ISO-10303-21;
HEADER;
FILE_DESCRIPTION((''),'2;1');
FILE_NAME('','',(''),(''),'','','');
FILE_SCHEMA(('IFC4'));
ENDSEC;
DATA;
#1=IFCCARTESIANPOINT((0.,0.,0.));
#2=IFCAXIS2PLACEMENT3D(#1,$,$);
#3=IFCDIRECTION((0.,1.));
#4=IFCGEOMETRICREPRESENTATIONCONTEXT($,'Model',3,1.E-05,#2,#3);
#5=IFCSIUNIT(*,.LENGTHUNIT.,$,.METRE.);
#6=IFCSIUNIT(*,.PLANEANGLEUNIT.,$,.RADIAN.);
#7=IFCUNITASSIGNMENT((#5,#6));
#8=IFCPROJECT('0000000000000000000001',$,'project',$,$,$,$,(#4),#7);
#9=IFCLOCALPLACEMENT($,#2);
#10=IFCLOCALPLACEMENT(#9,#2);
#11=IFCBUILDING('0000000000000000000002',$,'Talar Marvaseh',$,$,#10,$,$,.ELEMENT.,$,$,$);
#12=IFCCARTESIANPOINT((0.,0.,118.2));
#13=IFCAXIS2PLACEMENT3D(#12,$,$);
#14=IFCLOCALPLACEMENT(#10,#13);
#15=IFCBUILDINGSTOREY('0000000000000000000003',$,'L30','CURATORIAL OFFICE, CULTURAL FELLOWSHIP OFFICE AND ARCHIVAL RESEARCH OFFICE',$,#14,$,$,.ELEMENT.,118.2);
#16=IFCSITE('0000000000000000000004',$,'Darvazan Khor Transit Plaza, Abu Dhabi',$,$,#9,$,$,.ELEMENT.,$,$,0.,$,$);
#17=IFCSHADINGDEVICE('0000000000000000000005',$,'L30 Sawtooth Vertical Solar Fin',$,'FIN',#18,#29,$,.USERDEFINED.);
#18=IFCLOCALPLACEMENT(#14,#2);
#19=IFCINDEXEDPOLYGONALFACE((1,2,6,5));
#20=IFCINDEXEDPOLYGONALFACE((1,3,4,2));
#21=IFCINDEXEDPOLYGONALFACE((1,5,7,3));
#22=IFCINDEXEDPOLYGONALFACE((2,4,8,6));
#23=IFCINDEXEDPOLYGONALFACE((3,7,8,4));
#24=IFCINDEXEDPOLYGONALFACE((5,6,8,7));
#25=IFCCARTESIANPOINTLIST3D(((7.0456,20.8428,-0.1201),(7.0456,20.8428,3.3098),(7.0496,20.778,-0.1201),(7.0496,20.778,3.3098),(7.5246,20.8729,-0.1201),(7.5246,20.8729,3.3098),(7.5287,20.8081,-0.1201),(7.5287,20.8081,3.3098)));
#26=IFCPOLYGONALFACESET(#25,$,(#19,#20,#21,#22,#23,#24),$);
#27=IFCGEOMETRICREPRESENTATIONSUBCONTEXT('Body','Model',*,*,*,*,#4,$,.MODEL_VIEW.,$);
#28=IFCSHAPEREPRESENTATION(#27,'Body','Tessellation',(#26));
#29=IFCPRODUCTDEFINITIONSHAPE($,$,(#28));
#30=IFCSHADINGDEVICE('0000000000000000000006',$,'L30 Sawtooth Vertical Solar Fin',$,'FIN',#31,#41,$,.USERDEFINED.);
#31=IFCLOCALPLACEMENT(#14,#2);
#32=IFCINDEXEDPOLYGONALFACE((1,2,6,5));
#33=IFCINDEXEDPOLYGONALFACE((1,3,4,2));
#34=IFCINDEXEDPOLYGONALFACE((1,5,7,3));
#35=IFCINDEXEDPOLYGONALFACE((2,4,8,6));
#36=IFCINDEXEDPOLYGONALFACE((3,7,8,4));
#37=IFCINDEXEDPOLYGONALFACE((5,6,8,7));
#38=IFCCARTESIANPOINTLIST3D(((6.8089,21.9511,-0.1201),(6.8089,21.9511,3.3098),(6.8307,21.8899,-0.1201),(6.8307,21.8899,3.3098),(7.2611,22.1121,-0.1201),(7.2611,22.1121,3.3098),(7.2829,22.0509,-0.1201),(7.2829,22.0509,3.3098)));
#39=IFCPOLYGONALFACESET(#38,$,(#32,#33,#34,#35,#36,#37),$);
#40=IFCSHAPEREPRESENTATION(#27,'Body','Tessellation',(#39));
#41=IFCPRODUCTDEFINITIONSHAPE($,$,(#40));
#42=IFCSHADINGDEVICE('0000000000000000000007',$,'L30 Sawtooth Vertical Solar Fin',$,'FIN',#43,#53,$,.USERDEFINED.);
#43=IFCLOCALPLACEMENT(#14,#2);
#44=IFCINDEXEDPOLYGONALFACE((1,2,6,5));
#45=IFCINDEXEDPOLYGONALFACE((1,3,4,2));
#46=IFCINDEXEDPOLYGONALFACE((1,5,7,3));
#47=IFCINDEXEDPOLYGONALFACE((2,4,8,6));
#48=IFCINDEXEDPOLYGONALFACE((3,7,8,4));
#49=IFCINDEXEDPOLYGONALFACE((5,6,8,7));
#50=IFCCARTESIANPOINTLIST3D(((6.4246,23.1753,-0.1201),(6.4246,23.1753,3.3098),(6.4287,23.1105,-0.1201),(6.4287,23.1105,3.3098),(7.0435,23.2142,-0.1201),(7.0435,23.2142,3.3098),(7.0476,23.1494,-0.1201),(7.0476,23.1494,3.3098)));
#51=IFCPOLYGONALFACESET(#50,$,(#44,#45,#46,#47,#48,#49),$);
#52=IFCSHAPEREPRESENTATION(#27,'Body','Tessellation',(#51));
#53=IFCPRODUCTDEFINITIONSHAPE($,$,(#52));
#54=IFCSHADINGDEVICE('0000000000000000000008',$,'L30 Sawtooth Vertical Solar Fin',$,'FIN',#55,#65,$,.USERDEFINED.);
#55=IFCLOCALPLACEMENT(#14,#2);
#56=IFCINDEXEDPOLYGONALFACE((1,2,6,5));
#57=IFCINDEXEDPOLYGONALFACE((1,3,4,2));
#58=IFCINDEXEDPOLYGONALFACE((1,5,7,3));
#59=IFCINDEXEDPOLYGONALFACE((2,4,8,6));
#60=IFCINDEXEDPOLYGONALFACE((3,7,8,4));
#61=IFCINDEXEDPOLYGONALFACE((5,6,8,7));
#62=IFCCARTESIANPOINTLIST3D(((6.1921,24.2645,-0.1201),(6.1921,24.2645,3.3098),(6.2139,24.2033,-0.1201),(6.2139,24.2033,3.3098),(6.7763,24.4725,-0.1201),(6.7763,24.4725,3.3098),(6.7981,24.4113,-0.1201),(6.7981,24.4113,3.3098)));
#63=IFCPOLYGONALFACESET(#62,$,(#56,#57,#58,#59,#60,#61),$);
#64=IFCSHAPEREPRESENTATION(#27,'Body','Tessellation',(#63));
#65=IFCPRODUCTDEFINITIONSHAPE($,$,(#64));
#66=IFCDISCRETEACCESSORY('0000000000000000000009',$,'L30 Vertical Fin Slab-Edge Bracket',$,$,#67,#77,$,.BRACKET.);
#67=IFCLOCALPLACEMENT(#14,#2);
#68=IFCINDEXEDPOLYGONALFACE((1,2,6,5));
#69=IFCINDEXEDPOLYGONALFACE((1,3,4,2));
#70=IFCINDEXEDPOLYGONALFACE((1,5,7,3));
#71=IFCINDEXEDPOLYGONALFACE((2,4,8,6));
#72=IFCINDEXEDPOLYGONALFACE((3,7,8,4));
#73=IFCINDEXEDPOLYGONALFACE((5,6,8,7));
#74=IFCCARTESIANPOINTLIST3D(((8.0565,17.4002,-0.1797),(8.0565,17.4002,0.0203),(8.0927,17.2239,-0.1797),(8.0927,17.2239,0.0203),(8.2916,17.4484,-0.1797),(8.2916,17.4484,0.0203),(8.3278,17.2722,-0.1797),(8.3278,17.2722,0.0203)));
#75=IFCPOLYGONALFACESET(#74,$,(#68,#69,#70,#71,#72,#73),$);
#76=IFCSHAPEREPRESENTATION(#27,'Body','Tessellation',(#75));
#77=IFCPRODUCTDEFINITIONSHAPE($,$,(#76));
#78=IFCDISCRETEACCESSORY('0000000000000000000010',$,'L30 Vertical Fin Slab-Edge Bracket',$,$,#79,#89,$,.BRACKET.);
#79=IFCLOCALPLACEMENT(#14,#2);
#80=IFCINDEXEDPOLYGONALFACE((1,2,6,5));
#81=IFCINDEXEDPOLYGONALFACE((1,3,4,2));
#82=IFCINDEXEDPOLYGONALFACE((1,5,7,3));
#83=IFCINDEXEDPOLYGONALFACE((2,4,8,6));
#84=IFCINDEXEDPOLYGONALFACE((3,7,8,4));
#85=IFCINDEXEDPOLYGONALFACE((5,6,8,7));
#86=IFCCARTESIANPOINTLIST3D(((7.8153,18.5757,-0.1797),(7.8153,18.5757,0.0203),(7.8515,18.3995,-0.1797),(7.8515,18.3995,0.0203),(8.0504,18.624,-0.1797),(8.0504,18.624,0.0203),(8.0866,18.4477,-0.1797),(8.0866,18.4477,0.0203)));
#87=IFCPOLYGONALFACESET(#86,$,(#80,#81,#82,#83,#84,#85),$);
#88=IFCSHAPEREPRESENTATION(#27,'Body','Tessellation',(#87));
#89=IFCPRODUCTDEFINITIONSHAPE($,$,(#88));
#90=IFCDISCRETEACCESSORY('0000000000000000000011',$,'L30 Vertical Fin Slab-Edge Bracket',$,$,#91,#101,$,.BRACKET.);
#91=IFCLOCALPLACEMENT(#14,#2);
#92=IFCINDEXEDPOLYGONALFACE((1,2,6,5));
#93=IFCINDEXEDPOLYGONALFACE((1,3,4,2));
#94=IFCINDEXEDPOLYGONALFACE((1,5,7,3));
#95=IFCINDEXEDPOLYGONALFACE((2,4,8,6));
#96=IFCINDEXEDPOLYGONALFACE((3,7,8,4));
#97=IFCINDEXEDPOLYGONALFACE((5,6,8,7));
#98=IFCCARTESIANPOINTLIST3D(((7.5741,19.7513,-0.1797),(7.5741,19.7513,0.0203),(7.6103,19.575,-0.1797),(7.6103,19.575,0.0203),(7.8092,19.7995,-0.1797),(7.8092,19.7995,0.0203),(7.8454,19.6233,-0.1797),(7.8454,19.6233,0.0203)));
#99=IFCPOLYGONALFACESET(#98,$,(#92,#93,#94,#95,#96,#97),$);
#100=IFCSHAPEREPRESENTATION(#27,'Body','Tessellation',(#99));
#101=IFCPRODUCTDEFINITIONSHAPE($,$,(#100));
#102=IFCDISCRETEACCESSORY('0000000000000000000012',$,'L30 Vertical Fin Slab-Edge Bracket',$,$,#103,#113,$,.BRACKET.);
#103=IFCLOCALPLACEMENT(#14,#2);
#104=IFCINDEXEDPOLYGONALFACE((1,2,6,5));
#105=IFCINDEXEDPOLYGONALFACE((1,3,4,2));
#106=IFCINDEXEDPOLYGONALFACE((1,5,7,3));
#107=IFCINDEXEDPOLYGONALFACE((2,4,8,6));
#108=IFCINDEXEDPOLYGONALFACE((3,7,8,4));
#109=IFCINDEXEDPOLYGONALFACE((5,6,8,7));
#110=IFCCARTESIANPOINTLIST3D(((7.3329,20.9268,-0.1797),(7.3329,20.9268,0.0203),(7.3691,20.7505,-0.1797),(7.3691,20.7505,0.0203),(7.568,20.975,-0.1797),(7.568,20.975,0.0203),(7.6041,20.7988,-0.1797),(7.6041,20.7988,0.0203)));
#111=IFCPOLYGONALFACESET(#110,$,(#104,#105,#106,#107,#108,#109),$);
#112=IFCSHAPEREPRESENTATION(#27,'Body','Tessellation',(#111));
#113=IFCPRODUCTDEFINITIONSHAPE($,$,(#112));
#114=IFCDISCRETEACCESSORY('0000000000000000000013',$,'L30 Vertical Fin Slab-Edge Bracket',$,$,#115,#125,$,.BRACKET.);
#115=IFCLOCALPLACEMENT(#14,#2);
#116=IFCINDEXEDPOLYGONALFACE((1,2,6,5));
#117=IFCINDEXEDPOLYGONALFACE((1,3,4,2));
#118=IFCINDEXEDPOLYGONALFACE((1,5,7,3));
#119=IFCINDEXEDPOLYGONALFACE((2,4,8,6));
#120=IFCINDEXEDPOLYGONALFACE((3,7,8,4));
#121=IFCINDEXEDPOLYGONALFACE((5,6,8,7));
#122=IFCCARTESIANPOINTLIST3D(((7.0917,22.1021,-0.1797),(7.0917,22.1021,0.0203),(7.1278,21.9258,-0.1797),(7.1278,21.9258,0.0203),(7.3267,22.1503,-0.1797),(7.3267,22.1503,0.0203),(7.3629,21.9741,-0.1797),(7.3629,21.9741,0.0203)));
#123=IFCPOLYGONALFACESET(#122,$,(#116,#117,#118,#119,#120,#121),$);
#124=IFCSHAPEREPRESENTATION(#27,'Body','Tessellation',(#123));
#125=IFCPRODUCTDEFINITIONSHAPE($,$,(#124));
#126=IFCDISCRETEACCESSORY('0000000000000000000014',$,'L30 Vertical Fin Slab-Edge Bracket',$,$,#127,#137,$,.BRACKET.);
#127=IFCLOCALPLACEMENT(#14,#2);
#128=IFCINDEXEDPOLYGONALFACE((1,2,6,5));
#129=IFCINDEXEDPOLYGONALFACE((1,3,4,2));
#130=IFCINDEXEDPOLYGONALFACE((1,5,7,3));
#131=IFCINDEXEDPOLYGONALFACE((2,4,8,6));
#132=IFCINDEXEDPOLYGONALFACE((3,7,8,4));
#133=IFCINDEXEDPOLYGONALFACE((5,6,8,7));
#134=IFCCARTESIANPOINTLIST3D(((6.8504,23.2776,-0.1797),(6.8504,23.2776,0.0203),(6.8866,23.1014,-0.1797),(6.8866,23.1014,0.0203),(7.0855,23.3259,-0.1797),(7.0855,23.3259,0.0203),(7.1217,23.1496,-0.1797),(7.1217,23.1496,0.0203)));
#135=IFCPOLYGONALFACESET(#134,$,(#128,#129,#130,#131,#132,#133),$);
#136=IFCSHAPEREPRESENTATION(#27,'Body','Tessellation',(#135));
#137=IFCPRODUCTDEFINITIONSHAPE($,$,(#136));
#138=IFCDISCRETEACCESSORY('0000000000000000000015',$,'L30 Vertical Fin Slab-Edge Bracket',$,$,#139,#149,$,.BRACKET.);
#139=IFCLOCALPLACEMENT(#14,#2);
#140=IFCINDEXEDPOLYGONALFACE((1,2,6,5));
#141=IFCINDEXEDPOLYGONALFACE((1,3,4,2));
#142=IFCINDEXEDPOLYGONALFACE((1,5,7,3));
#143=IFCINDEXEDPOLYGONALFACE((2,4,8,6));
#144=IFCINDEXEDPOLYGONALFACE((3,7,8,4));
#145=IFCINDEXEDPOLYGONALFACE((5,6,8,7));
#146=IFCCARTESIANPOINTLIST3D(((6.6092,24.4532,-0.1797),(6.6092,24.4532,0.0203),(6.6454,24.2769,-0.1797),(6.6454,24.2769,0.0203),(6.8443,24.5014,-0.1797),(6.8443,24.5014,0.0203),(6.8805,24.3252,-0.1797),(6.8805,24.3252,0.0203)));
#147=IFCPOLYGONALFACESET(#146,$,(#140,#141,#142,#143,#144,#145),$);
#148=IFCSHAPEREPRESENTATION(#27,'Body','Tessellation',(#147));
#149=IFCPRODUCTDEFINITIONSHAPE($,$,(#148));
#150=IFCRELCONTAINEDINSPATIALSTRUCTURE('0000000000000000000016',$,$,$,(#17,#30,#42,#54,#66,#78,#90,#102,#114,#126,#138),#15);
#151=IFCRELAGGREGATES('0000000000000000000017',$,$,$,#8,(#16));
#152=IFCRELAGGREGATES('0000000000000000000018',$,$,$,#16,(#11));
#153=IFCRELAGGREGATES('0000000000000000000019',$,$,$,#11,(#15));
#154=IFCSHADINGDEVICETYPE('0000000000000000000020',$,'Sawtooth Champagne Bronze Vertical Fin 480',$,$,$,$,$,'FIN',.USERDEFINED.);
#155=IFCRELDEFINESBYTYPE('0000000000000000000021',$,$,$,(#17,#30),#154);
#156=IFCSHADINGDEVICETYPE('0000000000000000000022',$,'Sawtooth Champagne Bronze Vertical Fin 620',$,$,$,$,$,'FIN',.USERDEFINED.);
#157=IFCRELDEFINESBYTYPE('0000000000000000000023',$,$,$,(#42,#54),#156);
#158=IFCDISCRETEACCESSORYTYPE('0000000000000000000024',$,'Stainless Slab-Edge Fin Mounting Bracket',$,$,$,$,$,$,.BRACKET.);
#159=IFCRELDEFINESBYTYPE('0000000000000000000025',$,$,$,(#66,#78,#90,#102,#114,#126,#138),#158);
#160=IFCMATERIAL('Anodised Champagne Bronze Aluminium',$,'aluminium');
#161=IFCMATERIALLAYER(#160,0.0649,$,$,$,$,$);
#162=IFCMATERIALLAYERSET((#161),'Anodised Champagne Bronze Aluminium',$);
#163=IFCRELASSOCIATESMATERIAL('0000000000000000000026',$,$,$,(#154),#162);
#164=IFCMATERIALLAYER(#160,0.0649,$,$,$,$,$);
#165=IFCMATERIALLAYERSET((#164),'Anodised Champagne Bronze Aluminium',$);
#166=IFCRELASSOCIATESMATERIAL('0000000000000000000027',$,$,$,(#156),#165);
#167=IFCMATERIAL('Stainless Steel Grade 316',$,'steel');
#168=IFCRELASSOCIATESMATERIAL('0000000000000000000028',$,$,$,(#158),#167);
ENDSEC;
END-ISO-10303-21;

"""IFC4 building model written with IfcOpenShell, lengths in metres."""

from ifc_helpers import new_model, si_unit, direction, frame, origin, origin_2d, place, context, subcontext, project, spatial, rectangle, extrude, source, transform, mapped, material, layer, layer_set, type_object, type_shapes, element, save


model = new_model("IFC4")

# Units and contexts
model_context = context("Model", 3, precision=1e-05, world=origin(), true_north=direction((0.0, 1.0)))
body_context = subcontext(model_context, "Body", "Model", "MODEL_VIEW")
ifc_project = project(units=[si_unit("LENGTHUNIT", "METRE"), si_unit("PLANEANGLEUNIT", "RADIAN")], contexts=[model_context])

# Site, building, storey
site_placement = place(None, origin())
site = spatial("IfcSite", under=ifc_project, at=site_placement, Name="Darvazan Khor Transit Plaza, Abu Dhabi", CompositionType="ELEMENT", RefElevation=0.0)
building_placement = place(site_placement, origin())
building = spatial("IfcBuilding", under=site, at=building_placement, Name="Talar Marvaseh", CompositionType="ELEMENT")
storey_placement = place(building_placement, frame((0.0, 0.0, 118.2)))
storey = spatial("IfcBuildingStorey", under=building, at=storey_placement, Name="L30", Description="CURATORIAL OFFICE, CULTURAL FELLOWSHIP OFFICE AND ARCHIVAL RESEARCH OFFICE", CompositionType="ELEMENT", Elevation=118.2)

# Shading devices
ifc_material_1 = material(Name="Anodised Champagne Bronze Aluminium", Category="aluminium")
ifc_layer_1 = layer(ifc_material_1, 0.0649)
ifc_layer_set_1 = layer_set([ifc_layer_1], Name="Anodised Champagne Bronze Aluminium")
shading_device_type_1 = type_object("IfcShadingDeviceType", Name="Sawtooth Champagne Bronze Vertical Fin 480", ElementType="FIN", PredefinedType="USERDEFINED", material=ifc_layer_set_1)
shared_shape_1 = source(origin(), body_context, "Body", "SweptSolid", [
    extrude(rectangle(XDim=0.48, YDim=0.0649, at=origin_2d()), origin(), (0.0, 0.0, 1.0), 3.4299),
])
type_shapes(shading_device_type_1, [shared_shape_1])
for number, where, z_axis, x_axis, name in (
    (1, (7.2871, 20.8254, -0.1201), (0.0, 0.0, 1.0), (-0.998027, -0.062791, 0.0), "L30 Sawtooth Vertical Solar Fin"),
    (2, (7.0459, 22.001, -0.1201), (0.0, 0.0, 1.0), (-0.942057, -0.335452, 0.0), "L30 Sawtooth Vertical Solar Fin"),
):
    element("IfcShadingDevice", number, at=place(storey_placement, frame(where, z_axis=z_axis, x_axis=x_axis)), inside=storey, type_object=shading_device_type_1, Name=name, ObjectType="FIN", PredefinedType="USERDEFINED", context=body_context, shape_type="MappedRepresentation", body=[
        mapped(shared_shape_1, transform((0.0, 0.0, 0.0), x_axis=(1.0, 0.0, 0.0), y_axis=(0.0, 1.0, 0.0), z_axis=(0.0, 0.0, 1.0), scale=1.0)),
    ])
ifc_layer_2 = layer(ifc_material_1, 0.0649)
ifc_layer_set_2 = layer_set([ifc_layer_2], Name="Anodised Champagne Bronze Aluminium")
shading_device_type_2 = type_object("IfcShadingDeviceType", Name="Sawtooth Champagne Bronze Vertical Fin 620", ElementType="FIN", PredefinedType="USERDEFINED", material=ifc_layer_set_2)
shared_shape_2 = source(origin(), body_context, "Body", "SweptSolid", [
    extrude(rectangle(XDim=0.6201, YDim=0.0649, at=origin_2d()), origin(), (0.0, 0.0, 1.0), 3.4299),
])
type_shapes(shading_device_type_2, [shared_shape_2])
for number, where, z_axis, x_axis, name in (
    (3, (6.7361, 23.1624, -0.1201), (0.0, 0.0, 1.0), (-0.998027, -0.062791, 0.0), "L30 Sawtooth Vertical Solar Fin"),
    (4, (6.4951, 24.3379, -0.1201), (0.0, 0.0, 1.0), (-0.942057, -0.335452, 0.0), "L30 Sawtooth Vertical Solar Fin"),
):
    element("IfcShadingDevice", number, at=place(storey_placement, frame(where, z_axis=z_axis, x_axis=x_axis)), inside=storey, type_object=shading_device_type_2, Name=name, ObjectType="FIN", PredefinedType="USERDEFINED", context=body_context, shape_type="MappedRepresentation", body=[
        mapped(shared_shape_2, transform((0.0, 0.0, 0.0), x_axis=(1.0, 0.0, 0.0), y_axis=(0.0, 1.0, 0.0), z_axis=(0.0, 0.0, 1.0), scale=1.0)),
    ])

# Discrete accessories
ifc_material_2 = material(Name="Stainless Steel Grade 316", Category="steel")
discrete_accessory_type = type_object("IfcDiscreteAccessoryType", Name="Stainless Slab-Edge Fin Mounting Bracket", PredefinedType="BRACKET", material=ifc_material_2)
shared_shape_3 = source(origin(), body_context, "Body", "SweptSolid", [
    extrude(rectangle(XDim=0.24, YDim=0.1799, at=origin_2d()), origin(), (0.0, 0.0, 1.0), 0.2),
])
type_shapes(discrete_accessory_type, [shared_shape_3])
for number, where, z_axis, x_axis, name in (
    (5, (8.1921, 17.3362, -0.1797), (0.0, 0.0, 1.0), (-0.979575, -0.201078, 0.0), "L30 Vertical Fin Slab-Edge Bracket"),
    (6, (7.9509, 18.5117, -0.1797), (0.0, 0.0, 1.0), (-0.979575, -0.201078, 0.0), "L30 Vertical Fin Slab-Edge Bracket"),
    (7, (7.7097, 19.6873, -0.1797), (0.0, 0.0, 1.0), (-0.979575, -0.201078, 0.0), "L30 Vertical Fin Slab-Edge Bracket"),
    (8, (7.4685, 20.8628, -0.1797), (0.0, 0.0, 1.0), (-0.979575, -0.201078, 0.0), "L30 Vertical Fin Slab-Edge Bracket"),
    (9, (7.2273, 22.0381, -0.1797), (0.0, 0.0, 1.0), (-0.979575, -0.201078, 0.0), "L30 Vertical Fin Slab-Edge Bracket"),
    (10, (6.9861, 23.2136, -0.1797), (0.0, 0.0, 1.0), (-0.979575, -0.201078, 0.0), "L30 Vertical Fin Slab-Edge Bracket"),
    (11, (6.7449, 24.3892, -0.1797), (0.0, 0.0, 1.0), (-0.979575, -0.201078, 0.0), "L30 Vertical Fin Slab-Edge Bracket"),
):
    element("IfcDiscreteAccessory", number, at=place(storey_placement, frame(where, z_axis=z_axis, x_axis=x_axis)), inside=storey, type_object=discrete_accessory_type, Name=name, PredefinedType="BRACKET", context=body_context, shape_type="MappedRepresentation", body=[
        mapped(shared_shape_3, transform((0.0, 0.0, 0.0), x_axis=(1.0, 0.0, 0.0), y_axis=(0.0, 1.0, 0.0), z_axis=(0.0, 0.0, 1.0), scale=1.0)),
    ])

save(model, "model.ifc")
